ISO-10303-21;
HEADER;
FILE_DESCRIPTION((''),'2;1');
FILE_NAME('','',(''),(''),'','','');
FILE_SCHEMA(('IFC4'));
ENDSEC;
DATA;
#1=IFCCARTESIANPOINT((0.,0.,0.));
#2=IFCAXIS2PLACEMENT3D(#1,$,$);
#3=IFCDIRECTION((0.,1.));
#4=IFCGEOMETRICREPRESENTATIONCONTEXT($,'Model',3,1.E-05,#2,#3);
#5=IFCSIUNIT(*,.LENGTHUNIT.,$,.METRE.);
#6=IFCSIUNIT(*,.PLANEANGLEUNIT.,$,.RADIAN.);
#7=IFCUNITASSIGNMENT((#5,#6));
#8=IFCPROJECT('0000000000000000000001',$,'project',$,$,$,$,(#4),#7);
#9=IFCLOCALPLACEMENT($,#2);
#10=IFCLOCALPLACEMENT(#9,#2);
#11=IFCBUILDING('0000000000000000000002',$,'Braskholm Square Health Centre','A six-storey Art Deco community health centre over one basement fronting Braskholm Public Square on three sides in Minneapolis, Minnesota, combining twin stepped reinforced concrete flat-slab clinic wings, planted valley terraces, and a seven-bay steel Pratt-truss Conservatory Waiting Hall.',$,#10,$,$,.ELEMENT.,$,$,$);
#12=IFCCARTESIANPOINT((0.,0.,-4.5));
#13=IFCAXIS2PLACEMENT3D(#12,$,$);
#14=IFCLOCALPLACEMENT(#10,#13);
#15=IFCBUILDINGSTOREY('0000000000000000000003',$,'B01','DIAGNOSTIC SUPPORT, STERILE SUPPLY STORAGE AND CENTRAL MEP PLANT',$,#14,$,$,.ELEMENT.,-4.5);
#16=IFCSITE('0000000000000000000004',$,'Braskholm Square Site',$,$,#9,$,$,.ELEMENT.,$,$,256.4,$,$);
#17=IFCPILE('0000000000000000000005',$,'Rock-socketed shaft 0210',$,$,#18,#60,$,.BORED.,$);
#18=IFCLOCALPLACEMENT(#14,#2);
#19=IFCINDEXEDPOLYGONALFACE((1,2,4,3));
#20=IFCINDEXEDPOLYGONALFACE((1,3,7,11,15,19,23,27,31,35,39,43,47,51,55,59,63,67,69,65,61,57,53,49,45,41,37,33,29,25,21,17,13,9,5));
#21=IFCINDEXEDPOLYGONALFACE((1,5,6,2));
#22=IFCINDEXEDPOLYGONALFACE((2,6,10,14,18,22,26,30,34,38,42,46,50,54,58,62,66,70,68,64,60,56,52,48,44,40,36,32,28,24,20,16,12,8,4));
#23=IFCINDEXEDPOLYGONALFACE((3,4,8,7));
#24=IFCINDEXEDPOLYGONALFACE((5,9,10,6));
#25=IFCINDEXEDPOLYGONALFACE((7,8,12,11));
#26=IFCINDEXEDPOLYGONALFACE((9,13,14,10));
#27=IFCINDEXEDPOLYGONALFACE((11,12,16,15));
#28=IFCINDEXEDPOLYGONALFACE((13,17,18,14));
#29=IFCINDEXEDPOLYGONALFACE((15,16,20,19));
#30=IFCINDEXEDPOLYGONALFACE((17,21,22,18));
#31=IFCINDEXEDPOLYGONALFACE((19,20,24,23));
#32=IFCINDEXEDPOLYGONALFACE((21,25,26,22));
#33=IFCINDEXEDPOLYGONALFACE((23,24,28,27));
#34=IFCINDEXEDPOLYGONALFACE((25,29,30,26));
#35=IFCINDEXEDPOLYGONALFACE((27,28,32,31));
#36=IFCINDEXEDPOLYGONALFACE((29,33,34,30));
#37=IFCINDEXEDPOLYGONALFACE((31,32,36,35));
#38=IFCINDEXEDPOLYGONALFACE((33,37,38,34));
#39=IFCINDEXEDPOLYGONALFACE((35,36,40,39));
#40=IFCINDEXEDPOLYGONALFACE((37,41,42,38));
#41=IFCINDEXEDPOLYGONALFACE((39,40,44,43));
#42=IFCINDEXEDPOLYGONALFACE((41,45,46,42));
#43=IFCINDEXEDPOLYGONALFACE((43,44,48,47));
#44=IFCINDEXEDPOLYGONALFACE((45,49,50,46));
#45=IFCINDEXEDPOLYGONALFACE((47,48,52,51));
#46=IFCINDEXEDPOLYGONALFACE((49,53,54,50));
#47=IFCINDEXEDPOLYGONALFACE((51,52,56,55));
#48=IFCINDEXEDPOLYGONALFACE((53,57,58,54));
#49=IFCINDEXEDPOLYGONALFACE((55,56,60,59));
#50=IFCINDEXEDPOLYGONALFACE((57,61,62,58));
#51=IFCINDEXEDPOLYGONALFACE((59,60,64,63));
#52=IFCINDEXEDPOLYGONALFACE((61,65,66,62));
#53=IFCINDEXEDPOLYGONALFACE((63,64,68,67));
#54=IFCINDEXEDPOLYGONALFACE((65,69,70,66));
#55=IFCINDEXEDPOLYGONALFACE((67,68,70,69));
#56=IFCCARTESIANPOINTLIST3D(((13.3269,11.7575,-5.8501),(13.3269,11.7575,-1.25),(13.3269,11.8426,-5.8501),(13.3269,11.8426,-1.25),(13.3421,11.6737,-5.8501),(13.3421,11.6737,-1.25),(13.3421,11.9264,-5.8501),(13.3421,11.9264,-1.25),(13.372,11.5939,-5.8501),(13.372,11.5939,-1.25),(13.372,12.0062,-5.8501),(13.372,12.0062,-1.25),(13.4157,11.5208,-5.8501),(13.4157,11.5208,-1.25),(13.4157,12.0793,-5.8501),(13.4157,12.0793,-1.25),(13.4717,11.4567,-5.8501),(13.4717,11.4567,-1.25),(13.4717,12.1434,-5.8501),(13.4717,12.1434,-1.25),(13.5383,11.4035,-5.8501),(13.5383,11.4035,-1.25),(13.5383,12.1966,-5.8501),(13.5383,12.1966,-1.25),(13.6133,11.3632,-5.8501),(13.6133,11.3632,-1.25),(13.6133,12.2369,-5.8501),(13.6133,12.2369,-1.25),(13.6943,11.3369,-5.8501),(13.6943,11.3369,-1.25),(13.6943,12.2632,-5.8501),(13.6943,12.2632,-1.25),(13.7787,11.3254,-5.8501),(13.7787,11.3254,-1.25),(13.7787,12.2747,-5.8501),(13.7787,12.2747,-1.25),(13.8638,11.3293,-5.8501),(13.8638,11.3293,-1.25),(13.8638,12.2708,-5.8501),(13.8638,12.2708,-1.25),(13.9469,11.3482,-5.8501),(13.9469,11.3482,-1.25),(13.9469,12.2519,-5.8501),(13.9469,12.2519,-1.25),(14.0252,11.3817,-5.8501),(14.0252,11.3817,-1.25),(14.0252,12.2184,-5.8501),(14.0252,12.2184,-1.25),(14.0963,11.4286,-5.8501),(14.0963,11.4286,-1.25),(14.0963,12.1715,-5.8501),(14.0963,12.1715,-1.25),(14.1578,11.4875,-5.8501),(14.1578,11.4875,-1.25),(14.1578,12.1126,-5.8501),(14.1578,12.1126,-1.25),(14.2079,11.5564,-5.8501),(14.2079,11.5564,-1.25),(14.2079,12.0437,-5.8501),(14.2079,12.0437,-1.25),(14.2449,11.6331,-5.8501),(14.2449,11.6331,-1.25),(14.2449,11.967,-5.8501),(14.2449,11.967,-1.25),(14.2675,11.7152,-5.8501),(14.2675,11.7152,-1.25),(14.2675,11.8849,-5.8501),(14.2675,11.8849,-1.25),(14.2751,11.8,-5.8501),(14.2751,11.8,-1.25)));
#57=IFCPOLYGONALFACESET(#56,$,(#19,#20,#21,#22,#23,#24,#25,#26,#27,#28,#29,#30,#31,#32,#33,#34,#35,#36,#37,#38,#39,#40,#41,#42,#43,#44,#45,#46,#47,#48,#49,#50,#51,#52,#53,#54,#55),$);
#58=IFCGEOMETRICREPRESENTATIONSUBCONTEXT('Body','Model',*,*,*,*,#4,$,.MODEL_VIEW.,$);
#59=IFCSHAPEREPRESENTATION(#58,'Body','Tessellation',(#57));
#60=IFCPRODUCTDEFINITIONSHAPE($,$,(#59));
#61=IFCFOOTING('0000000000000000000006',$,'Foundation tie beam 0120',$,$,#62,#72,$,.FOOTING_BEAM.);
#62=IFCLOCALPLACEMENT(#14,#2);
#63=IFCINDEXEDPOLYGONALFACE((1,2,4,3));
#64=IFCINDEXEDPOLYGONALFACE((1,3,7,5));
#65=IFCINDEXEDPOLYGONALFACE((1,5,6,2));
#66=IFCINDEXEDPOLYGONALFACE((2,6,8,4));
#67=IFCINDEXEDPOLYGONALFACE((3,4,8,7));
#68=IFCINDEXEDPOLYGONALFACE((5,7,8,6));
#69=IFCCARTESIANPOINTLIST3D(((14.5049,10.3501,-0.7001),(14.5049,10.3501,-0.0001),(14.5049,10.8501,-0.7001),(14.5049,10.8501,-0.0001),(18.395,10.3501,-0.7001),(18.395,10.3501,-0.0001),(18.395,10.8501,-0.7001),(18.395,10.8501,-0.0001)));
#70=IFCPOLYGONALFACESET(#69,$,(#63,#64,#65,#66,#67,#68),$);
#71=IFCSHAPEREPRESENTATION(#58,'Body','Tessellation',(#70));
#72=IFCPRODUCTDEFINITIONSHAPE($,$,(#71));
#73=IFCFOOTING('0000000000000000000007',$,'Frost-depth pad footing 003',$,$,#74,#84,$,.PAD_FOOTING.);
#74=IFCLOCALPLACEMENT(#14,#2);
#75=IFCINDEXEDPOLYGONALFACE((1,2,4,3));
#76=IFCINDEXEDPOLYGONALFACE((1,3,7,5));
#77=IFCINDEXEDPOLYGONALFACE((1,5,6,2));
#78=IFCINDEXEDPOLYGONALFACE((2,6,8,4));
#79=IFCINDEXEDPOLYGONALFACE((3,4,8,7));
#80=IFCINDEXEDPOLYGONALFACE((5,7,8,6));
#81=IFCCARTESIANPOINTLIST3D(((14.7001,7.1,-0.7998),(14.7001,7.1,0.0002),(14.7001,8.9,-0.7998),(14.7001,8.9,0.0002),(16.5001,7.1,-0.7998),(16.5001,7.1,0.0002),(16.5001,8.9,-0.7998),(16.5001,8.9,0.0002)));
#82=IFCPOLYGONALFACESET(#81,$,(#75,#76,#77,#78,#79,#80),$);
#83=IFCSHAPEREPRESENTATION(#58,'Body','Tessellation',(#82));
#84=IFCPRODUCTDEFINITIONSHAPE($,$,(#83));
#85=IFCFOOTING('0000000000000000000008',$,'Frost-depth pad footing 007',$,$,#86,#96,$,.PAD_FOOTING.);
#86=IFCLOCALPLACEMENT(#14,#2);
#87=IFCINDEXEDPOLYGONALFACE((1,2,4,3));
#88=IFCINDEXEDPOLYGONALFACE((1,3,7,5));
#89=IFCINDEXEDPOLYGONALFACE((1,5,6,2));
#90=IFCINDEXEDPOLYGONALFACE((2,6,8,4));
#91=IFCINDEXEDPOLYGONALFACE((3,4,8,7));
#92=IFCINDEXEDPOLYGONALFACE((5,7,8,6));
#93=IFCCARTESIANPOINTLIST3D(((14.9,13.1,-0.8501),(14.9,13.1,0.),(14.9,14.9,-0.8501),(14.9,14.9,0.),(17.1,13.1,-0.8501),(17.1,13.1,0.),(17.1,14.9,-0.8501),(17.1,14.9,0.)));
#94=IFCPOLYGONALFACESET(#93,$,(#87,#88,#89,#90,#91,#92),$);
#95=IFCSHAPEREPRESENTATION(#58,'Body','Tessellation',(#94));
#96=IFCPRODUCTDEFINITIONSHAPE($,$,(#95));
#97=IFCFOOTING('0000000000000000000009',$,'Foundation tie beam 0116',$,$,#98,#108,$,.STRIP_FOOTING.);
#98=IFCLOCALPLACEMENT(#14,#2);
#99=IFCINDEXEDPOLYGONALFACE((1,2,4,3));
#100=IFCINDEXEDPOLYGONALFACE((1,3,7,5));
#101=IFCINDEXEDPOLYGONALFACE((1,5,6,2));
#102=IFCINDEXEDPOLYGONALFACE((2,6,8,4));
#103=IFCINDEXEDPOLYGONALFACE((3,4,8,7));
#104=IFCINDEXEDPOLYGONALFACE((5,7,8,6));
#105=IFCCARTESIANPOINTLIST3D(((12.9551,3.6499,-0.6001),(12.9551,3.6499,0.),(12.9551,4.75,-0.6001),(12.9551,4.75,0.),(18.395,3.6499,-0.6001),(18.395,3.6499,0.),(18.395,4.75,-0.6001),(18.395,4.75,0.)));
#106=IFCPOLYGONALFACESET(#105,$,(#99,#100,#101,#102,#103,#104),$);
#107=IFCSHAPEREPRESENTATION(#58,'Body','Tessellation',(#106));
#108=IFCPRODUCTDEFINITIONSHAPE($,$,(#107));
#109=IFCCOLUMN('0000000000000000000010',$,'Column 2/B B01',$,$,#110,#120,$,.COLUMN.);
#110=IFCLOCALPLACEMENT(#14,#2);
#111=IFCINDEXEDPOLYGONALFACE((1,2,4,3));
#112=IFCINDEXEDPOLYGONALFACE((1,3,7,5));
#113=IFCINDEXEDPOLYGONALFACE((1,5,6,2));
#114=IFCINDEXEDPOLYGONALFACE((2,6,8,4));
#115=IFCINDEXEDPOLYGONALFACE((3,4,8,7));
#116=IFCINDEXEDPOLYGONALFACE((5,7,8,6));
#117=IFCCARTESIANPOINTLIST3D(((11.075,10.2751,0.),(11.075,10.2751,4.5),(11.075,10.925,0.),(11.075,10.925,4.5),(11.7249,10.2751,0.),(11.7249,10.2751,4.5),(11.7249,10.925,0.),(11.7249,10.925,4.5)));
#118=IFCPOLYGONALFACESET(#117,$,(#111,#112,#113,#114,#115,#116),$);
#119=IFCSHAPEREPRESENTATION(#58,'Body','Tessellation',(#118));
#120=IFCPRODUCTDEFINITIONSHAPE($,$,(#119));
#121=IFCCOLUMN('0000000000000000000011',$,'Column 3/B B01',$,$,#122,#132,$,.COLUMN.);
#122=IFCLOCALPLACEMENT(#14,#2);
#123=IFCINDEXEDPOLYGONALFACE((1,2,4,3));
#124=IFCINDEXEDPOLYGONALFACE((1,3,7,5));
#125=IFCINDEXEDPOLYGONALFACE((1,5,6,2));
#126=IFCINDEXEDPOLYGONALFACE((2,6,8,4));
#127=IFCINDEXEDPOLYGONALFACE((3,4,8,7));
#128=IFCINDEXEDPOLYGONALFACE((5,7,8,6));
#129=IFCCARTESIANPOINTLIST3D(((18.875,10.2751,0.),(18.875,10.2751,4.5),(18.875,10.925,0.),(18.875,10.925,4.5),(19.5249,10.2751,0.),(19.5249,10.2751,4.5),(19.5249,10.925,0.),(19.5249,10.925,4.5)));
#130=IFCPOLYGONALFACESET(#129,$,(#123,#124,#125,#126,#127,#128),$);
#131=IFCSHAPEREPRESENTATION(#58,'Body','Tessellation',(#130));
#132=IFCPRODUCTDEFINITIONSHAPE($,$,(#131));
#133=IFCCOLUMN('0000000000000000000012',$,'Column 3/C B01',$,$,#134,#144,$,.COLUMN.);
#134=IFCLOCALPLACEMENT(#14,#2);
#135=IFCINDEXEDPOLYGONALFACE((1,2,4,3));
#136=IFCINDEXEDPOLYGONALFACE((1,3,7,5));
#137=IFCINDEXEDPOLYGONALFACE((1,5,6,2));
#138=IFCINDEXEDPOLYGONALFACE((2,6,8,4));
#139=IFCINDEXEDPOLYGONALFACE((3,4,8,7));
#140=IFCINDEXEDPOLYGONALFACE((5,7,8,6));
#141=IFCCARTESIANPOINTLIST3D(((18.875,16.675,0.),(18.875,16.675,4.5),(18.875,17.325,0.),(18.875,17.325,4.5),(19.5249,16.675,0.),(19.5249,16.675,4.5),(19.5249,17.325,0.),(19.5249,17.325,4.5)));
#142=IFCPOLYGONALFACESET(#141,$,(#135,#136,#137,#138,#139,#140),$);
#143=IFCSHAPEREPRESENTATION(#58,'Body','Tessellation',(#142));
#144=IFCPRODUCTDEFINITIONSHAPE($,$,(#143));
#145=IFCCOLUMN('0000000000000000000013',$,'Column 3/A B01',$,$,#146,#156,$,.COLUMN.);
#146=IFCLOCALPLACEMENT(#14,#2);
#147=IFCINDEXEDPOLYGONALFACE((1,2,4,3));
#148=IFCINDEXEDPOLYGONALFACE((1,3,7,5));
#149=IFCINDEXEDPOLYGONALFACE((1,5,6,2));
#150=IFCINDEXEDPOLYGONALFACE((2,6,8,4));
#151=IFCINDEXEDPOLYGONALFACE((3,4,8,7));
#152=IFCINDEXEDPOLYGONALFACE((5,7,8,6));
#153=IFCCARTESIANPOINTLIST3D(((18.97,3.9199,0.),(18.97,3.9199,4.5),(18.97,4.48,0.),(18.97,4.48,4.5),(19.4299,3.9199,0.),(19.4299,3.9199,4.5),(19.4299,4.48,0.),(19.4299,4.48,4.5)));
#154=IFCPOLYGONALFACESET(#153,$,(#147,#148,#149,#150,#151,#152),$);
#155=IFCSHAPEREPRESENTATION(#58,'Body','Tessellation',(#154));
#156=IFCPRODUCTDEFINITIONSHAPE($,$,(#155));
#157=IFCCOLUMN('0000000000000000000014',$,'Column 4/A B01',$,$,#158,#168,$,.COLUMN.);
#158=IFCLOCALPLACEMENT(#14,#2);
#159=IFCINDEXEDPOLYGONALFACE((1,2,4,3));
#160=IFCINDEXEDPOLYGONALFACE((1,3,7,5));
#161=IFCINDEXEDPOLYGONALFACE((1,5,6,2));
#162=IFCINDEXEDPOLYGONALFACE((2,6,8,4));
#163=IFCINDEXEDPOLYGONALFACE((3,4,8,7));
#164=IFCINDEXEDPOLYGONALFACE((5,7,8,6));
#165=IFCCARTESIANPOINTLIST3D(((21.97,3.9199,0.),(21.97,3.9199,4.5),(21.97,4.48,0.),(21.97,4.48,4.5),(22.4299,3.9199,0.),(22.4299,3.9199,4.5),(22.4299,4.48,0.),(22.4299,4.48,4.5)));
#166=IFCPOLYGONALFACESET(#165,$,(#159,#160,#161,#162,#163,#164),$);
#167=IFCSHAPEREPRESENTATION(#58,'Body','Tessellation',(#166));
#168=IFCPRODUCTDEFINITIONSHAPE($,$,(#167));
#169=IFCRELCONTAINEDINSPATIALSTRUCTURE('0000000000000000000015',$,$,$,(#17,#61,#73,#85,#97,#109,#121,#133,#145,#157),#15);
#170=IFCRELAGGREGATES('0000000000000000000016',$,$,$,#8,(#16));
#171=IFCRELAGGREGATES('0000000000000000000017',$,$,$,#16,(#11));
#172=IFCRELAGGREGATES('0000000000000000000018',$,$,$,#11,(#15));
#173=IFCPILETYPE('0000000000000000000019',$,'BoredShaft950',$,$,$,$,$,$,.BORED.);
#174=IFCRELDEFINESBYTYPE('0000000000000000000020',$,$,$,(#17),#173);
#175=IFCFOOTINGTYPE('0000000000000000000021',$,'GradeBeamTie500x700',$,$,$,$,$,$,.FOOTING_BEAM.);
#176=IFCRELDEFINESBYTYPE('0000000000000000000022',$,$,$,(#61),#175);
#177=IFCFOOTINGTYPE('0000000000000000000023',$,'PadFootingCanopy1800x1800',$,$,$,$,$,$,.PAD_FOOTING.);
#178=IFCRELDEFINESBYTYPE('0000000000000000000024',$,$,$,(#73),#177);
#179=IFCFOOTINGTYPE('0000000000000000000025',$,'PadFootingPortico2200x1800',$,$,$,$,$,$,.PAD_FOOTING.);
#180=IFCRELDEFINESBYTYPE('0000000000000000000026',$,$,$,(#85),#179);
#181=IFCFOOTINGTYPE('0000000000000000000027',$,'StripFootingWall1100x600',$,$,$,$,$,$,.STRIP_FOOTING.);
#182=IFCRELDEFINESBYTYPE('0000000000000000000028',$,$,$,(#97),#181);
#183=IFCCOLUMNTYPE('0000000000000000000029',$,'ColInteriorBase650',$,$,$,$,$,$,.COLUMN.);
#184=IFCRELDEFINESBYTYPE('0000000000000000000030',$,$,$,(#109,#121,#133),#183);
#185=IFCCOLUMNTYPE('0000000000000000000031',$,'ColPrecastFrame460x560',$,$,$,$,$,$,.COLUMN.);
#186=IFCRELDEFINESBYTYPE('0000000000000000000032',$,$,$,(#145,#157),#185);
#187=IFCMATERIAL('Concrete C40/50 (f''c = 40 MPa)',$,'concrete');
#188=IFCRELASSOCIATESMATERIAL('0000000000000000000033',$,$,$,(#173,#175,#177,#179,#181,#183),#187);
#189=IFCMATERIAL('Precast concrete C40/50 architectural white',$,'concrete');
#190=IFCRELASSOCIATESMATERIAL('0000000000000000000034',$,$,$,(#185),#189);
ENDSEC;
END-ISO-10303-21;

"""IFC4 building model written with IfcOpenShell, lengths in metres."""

from ifc_helpers import new_model, si_unit, direction, frame, origin, origin_2d, place, context, subcontext, project, spatial, rectangle, circle, extrude, material, material_profile, profile_set, type_object, element, save


model = new_model("IFC4")

# Units and contexts
model_context = context("Model", 3, precision=1e-05, world=origin(), true_north=direction((0.0, 1.0)))
body_context = subcontext(model_context, "Body", "Model", "MODEL_VIEW")
ifc_project = project(units=[si_unit("LENGTHUNIT", "METRE"), si_unit("PLANEANGLEUNIT", "RADIAN")], contexts=[model_context])

# Site, building, storey
site_placement = place(None, origin())
site = spatial("IfcSite", under=ifc_project, at=site_placement, Name="Braskholm Square Site", CompositionType="ELEMENT", RefElevation=256.4)
building_placement = place(site_placement, origin())
building = spatial("IfcBuilding", under=site, at=building_placement, Name="Braskholm Square Health Centre", Description="A six-storey Art Deco community health centre over one basement fronting Braskholm Public Square on three sides in Minneapolis, Minnesota, combining twin stepped reinforced concrete flat-slab clinic wings, planted valley terraces, and a seven-bay steel Pratt-truss Conservatory Waiting Hall.", CompositionType="ELEMENT")
storey_placement = place(building_placement, frame((0.0, 0.0, -4.5)))
storey = spatial("IfcBuildingStorey", under=building, at=storey_placement, Name="B01", Description="DIAGNOSTIC SUPPORT, STERILE SUPPLY STORAGE AND CENTRAL MEP PLANT", CompositionType="ELEMENT", Elevation=-4.5)

# Pile
ifc_material_1 = material(Name="Concrete C40/50 (f'c = 40 MPa)", Category="concrete")
ifc_material_profile_1 = material_profile(ifc_material_1, circle(Radius=0.4751, at=origin_2d()), Name="BORED-PILE-950")
ifc_profile_set_1 = profile_set([ifc_material_profile_1], Name="Concrete C40/50 (f'c = 40 MPa)")
pile_type_1 = type_object("IfcPileType", Name="BoredShaft950", PredefinedType="BORED", material=ifc_profile_set_1)
for number, where, z_axis, x_axis, name in (
    (1, (13.8, 11.8, -1.25), (0.0, 0.0, -1.0), (1.0, 0.0, 0.0), "Rock-socketed shaft 0210"),
):
    element("IfcPile", number, at=place(storey_placement, frame(where, z_axis=z_axis, x_axis=x_axis)), inside=storey, type_object=pile_type_1, Name=name, PredefinedType="BORED", context=body_context, shape_type="SweptSolid", body=[
        extrude(circle(Radius=0.4751, at=origin_2d()), origin(), (0.0, 0.0, 1.0), 4.6001),
    ])

# Footings
ifc_material_profile_2 = material_profile(ifc_material_1, rectangle(XDim=0.5, YDim=0.7, at=origin_2d()), Name="FTG-500X700")
ifc_profile_set_2 = profile_set([ifc_material_profile_2], Name="Concrete C40/50 (f'c = 40 MPa)")
footing_type_1 = type_object("IfcFootingType", Name="GradeBeamTie500x700", PredefinedType="FOOTING_BEAM", material=ifc_profile_set_2)
footing_1_placement = place(storey_placement, frame((14.5049, 10.6001, -0.3501), z_axis=(1.0, 0.0, 0.0), x_axis=(0.0, 1.0, 0.0)))
element("IfcFooting", 2, at=footing_1_placement, inside=storey, type_object=footing_type_1, Name="Foundation tie beam 0120", PredefinedType="FOOTING_BEAM", context=body_context, shape_type="SweptSolid", body=[
    extrude(rectangle(XDim=0.5, YDim=0.7, at=origin_2d()), origin(), (0.0, 0.0, 1.0), 3.8901),
])
footing_type_2 = type_object("IfcFootingType", Name="PadFootingCanopy1800x1800", PredefinedType="PAD_FOOTING", material=ifc_material_1)
footing_2_placement = place(storey_placement, frame((15.6001, 8.0, -0.7998), z_axis=(0.0, 0.0, 1.0), x_axis=(1.0, 0.0, 0.0)))
element("IfcFooting", 3, at=footing_2_placement, inside=storey, type_object=footing_type_2, Name="Frost-depth pad footing 003", PredefinedType="PAD_FOOTING", context=body_context, shape_type="SweptSolid", body=[
    extrude(rectangle(XDim=1.8, YDim=1.8, at=origin_2d()), origin(), (0.0, 0.0, 1.0), 0.8),
])
footing_type_3 = type_object("IfcFootingType", Name="PadFootingPortico2200x1800", PredefinedType="PAD_FOOTING", material=ifc_material_1)
footing_3_placement = place(storey_placement, frame((16.0, 14.0, -0.8501), z_axis=(0.0, 0.0, 1.0), x_axis=(1.0, 0.0, 0.0)))
element("IfcFooting", 4, at=footing_3_placement, inside=storey, type_object=footing_type_3, Name="Frost-depth pad footing 007", PredefinedType="PAD_FOOTING", context=body_context, shape_type="SweptSolid", body=[
    extrude(rectangle(XDim=2.2, YDim=1.8, at=origin_2d()), origin(), (0.0, 0.0, 1.0), 0.8501),
])
ifc_material_profile_3 = material_profile(ifc_material_1, rectangle(XDim=1.1001, YDim=0.6001, at=origin_2d()), Name="FTG-1100X600")
ifc_profile_set_3 = profile_set([ifc_material_profile_3], Name="Concrete C40/50 (f'c = 40 MPa)")
footing_type_4 = type_object("IfcFootingType", Name="StripFootingWall1100x600", PredefinedType="STRIP_FOOTING", material=ifc_profile_set_3)
footing_4_placement = place(storey_placement, frame((12.9551, 4.2, -0.3), z_axis=(1.0, 0.0, 0.0), x_axis=(0.0, 1.0, 0.0)))
element("IfcFooting", 5, at=footing_4_placement, inside=storey, type_object=footing_type_4, Name="Foundation tie beam 0116", PredefinedType="STRIP_FOOTING", context=body_context, shape_type="SweptSolid", body=[
    extrude(rectangle(XDim=1.1001, YDim=0.6001, at=origin_2d()), origin(), (0.0, 0.0, 1.0), 5.4399),
])

# Columns
ifc_material_profile_4 = material_profile(ifc_material_1, rectangle(XDim=0.6499, YDim=0.6499, at=origin_2d()), Name="RC-650X650")
ifc_profile_set_4 = profile_set([ifc_material_profile_4], Name="Concrete C40/50 (f'c = 40 MPa)")
column_type_1 = type_object("IfcColumnType", Name="ColInteriorBase650", PredefinedType="COLUMN", material=ifc_profile_set_4)
for number, where, z_axis, x_axis, name in (
    (6, (11.3999, 10.6001, 0.0), (0.0, 0.0, 1.0), (1.0, 0.0, 0.0), "Column 2/B B01"),
    (7, (19.2, 10.6001, 0.0), (0.0, 0.0, 1.0), (1.0, 0.0, 0.0), "Column 3/B B01"),
    (8, (19.2, 17.0, 0.0), (0.0, 0.0, 1.0), (1.0, 0.0, 0.0), "Column 3/C B01"),
):
    element("IfcColumn", number, at=place(storey_placement, frame(where, z_axis=z_axis, x_axis=x_axis)), inside=storey, type_object=column_type_1, Name=name, PredefinedType="COLUMN", context=body_context, shape_type="SweptSolid", body=[
        extrude(rectangle(XDim=0.6499, YDim=0.6499, at=origin_2d()), origin(), (0.0, 0.0, 1.0), 4.5),
    ])
ifc_material_2 = material(Name="Precast concrete C40/50 architectural white", Category="concrete")
ifc_material_profile_5 = material_profile(ifc_material_2, rectangle(XDim=0.46, YDim=0.5601, at=origin_2d()), Name="RC-460X560")
ifc_profile_set_5 = profile_set([ifc_material_profile_5], Name="Precast concrete C40/50 architectural white")
column_type_2 = type_object("IfcColumnType", Name="ColPrecastFrame460x560", PredefinedType="COLUMN", material=ifc_profile_set_5)
for number, where, z_axis, x_axis, name in (
    (9, (19.2, 4.2, 0.0), (0.0, 0.0, 1.0), (1.0, 0.0, 0.0), "Column 3/A B01"),
    (10, (22.2, 4.2, 0.0), (0.0, 0.0, 1.0), (1.0, 0.0, 0.0), "Column 4/A B01"),
):
    element("IfcColumn", number, at=place(storey_placement, frame(where, z_axis=z_axis, x_axis=x_axis)), inside=storey, type_object=column_type_2, Name=name, PredefinedType="COLUMN", context=body_context, shape_type="SweptSolid", body=[
        extrude(rectangle(XDim=0.46, YDim=0.5601, at=origin_2d()), origin(), (0.0, 0.0, 1.0), 4.5),
    ])

save(model, "model.ifc")
